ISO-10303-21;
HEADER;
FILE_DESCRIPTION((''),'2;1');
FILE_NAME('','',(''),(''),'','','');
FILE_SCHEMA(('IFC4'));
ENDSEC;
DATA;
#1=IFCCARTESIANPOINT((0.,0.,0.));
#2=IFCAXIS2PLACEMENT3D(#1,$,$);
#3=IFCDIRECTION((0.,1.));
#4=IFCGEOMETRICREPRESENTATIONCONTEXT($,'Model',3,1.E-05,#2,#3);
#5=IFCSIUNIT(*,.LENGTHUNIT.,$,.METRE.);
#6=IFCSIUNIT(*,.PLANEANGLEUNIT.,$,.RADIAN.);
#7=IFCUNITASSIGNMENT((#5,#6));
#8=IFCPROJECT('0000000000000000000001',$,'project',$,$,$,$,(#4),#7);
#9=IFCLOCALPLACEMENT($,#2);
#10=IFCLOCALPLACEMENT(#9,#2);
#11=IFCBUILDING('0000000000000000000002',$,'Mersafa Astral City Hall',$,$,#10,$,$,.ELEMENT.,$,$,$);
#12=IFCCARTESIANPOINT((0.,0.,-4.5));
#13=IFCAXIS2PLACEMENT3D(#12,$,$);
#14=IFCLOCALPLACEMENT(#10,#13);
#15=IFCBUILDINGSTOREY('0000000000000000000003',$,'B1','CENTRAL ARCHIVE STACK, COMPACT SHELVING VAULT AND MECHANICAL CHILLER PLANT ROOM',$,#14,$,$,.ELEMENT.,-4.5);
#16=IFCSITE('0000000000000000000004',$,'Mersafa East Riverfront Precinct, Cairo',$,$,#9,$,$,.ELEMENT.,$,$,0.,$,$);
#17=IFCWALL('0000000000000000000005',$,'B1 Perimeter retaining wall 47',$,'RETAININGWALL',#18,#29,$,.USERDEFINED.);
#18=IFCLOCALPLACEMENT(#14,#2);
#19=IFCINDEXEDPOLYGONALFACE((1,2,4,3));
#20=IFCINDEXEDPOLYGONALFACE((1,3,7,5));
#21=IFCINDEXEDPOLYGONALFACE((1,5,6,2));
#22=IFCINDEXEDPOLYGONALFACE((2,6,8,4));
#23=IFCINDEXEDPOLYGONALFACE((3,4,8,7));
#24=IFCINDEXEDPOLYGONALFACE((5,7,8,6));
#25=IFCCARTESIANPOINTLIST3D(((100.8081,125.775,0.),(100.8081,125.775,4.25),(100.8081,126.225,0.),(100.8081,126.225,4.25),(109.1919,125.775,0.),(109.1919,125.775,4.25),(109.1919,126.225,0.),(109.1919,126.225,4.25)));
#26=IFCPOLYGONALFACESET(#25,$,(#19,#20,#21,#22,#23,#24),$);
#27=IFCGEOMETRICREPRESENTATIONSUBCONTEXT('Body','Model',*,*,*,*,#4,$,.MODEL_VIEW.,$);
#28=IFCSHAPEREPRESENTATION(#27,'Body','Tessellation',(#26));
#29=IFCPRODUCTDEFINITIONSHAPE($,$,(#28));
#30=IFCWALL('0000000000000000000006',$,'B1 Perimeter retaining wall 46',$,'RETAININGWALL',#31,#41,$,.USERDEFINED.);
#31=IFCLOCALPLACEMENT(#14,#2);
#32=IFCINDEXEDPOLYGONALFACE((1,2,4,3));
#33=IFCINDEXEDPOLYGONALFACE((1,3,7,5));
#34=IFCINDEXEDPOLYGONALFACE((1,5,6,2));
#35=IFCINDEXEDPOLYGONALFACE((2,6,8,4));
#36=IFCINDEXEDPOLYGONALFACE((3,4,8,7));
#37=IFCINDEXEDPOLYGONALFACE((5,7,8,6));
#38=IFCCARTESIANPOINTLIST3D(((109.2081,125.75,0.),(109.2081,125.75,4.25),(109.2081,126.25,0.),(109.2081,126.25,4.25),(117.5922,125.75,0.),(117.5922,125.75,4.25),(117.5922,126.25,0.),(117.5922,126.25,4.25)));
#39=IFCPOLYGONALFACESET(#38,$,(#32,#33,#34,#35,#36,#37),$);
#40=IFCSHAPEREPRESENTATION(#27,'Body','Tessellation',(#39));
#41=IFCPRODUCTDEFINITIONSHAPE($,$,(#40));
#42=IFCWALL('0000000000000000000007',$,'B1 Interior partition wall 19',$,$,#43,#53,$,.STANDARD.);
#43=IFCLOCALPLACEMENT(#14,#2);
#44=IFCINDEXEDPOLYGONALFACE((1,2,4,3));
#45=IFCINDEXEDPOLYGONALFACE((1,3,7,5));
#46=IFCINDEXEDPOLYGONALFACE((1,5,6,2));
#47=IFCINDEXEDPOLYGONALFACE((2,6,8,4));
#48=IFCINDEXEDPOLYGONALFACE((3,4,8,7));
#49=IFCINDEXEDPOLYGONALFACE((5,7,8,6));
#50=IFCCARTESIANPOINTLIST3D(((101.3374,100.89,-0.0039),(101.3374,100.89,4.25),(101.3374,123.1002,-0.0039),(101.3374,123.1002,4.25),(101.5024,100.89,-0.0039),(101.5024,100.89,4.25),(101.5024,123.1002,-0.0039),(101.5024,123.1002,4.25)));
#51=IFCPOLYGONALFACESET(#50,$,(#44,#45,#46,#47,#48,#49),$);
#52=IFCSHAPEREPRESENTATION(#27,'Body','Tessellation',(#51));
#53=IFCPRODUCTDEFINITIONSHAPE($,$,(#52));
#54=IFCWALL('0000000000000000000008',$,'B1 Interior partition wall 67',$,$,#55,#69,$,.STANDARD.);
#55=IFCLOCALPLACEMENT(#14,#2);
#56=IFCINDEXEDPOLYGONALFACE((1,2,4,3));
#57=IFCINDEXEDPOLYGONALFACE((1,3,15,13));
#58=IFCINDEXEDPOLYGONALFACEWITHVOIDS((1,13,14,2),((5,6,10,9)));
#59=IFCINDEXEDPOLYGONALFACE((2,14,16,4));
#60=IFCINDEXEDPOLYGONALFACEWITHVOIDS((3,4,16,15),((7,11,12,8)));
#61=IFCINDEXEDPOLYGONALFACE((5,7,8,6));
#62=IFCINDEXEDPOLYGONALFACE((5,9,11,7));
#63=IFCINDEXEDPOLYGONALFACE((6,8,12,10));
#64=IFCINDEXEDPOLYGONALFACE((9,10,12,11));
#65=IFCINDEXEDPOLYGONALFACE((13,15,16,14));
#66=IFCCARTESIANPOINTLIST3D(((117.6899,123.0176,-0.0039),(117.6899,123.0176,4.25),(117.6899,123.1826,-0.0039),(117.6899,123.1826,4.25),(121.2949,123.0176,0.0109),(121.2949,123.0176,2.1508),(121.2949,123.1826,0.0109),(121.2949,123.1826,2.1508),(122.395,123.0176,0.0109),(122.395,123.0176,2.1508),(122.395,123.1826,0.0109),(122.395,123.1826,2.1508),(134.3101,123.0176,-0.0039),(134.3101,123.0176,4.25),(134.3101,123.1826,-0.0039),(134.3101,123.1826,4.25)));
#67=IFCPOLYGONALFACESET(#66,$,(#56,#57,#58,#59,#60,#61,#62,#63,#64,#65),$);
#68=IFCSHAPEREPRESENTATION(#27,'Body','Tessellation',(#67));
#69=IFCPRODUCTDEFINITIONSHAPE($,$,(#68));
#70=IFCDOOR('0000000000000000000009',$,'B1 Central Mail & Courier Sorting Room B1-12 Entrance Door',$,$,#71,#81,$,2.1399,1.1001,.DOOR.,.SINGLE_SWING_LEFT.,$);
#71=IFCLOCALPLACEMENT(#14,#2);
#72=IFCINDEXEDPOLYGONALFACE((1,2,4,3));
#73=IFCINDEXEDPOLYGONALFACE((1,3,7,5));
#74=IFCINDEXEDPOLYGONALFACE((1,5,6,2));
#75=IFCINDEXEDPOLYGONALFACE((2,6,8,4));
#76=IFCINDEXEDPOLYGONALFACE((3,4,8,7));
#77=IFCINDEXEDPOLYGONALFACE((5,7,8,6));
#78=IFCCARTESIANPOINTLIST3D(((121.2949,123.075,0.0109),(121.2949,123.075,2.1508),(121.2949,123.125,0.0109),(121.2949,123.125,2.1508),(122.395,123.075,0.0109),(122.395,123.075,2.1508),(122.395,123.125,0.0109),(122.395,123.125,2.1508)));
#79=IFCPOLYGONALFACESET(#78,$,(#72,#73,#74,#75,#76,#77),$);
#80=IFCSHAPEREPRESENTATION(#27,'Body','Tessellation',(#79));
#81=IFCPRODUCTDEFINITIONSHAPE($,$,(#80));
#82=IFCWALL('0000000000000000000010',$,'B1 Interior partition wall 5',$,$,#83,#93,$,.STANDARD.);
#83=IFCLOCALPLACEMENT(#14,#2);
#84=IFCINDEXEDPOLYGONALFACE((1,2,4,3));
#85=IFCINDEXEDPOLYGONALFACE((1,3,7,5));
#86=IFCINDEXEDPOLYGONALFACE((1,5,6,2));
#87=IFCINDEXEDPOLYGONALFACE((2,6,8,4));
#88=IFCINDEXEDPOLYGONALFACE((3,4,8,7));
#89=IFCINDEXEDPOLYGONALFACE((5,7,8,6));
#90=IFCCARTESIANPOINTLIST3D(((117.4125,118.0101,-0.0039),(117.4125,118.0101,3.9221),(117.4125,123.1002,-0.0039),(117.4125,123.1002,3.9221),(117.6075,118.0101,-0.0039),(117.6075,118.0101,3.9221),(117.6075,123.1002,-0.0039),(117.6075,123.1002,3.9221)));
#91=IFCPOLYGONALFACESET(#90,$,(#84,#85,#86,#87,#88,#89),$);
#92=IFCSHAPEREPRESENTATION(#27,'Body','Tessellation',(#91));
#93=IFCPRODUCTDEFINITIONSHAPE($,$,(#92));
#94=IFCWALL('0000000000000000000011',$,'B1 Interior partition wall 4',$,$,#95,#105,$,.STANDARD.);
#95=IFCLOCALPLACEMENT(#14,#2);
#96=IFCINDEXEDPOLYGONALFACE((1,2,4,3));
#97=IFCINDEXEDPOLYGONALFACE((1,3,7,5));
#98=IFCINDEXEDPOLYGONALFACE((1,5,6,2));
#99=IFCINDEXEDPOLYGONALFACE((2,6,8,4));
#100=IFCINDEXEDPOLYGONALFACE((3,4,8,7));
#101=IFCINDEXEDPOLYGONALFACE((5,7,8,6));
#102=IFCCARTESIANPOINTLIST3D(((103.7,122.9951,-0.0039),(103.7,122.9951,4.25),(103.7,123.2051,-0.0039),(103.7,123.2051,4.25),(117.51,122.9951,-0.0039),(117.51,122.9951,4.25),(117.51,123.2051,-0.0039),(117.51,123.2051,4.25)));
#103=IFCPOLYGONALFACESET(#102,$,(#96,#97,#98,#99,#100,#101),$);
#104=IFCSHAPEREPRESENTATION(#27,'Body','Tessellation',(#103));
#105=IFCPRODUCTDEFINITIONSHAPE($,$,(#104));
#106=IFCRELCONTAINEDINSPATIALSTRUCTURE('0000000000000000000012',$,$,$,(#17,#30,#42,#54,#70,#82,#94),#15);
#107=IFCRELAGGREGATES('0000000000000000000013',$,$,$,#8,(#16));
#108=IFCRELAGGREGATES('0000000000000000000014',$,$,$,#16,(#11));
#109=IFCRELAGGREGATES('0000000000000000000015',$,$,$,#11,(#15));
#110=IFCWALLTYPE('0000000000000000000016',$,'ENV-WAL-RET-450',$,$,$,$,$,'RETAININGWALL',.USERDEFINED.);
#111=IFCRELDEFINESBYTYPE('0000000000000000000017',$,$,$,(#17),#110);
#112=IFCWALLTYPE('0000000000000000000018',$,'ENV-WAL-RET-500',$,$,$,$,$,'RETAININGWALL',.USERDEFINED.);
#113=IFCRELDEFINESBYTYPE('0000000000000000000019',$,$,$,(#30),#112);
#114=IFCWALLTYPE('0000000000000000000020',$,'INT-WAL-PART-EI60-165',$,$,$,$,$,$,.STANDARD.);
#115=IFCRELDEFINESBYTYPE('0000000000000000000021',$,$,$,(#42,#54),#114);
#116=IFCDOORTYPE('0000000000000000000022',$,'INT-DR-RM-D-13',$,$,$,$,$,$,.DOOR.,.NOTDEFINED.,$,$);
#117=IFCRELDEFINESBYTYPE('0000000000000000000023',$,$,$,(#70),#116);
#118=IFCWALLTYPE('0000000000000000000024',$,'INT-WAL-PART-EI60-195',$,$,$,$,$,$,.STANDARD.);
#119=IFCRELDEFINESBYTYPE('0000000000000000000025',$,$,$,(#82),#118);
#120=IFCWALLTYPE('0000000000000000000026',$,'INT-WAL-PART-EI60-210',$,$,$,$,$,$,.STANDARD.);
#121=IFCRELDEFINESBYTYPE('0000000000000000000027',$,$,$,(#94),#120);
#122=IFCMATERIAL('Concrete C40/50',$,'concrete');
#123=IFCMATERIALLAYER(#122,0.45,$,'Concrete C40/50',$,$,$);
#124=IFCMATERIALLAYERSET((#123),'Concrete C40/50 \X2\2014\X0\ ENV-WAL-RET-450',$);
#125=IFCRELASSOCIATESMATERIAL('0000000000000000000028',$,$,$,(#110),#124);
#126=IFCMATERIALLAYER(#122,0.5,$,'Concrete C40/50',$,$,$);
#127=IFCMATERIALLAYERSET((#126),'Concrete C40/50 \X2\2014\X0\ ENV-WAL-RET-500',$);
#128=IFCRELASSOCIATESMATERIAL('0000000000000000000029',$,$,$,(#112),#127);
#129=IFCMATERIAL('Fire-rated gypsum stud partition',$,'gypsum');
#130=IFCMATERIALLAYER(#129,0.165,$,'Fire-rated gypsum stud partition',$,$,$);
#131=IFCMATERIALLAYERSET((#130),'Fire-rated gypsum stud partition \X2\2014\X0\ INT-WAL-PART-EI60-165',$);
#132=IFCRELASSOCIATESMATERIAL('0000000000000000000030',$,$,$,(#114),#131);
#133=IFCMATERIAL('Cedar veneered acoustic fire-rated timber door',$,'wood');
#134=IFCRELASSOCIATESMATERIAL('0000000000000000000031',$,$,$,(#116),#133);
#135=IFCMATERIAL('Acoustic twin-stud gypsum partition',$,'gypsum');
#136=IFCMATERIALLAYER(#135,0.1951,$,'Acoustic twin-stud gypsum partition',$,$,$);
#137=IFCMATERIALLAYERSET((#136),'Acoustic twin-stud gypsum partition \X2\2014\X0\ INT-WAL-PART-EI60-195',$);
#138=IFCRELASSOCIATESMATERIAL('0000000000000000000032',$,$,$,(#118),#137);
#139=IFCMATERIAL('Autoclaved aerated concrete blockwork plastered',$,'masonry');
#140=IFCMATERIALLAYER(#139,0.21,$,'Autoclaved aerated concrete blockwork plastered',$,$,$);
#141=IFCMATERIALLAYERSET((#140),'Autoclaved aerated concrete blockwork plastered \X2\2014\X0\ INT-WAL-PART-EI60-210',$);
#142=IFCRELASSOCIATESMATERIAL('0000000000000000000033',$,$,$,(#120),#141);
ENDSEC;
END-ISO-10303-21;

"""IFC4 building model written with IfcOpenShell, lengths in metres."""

from ifc_helpers import new_model, si_unit, direction, frame, frame_2d, origin, place, context, subcontext, project, spatial, rectangle, extrude, material, layer, layer_set, type_object, element, fill, save


model = new_model("IFC4")

# Units and contexts
model_context = context("Model", 3, precision=1e-05, world=origin(), true_north=direction((0.0, 1.0)))
body_context = subcontext(model_context, "Body", "Model", "MODEL_VIEW")
ifc_project = project(units=[si_unit("LENGTHUNIT", "METRE"), si_unit("PLANEANGLEUNIT", "RADIAN")], contexts=[model_context])

# Site, building, storey
site_placement = place(None, origin())
site = spatial("IfcSite", under=ifc_project, at=site_placement, Name="Mersafa East Riverfront Precinct, Cairo", CompositionType="ELEMENT", RefElevation=0.0)
building_placement = place(site_placement, origin())
building = spatial("IfcBuilding", under=site, at=building_placement, Name="Mersafa Astral City Hall", CompositionType="ELEMENT")
storey_placement = place(building_placement, frame((0.0, 0.0, -4.5)))
storey = spatial("IfcBuildingStorey", under=building, at=storey_placement, Name="B1", Description="CENTRAL ARCHIVE STACK, COMPACT SHELVING VAULT AND MECHANICAL CHILLER PLANT ROOM", CompositionType="ELEMENT", Elevation=-4.5)

# Shared definitions
ifc_material_1 = material(Name="Concrete C40/50", Category="concrete")

# Walls
ifc_layer_1 = layer(ifc_material_1, 0.45, Name="Concrete C40/50")
ifc_layer_set_1 = layer_set([ifc_layer_1], Name="Concrete C40/50 — ENV-WAL-RET-450")
wall_type_1 = type_object("IfcWallType", Name="ENV-WAL-RET-450", ElementType="RETAININGWALL", PredefinedType="USERDEFINED", material=ifc_layer_set_1)
wall_1_placement = place(storey_placement, frame((109.1919, 126.0, 0.0), z_axis=(0.0, 0.0, 1.0), x_axis=(-1.0, 0.0, 0.0)))
element("IfcWall", 1, at=wall_1_placement, inside=storey, type_object=wall_type_1, Name="B1 Perimeter retaining wall 47", ObjectType="RETAININGWALL", PredefinedType="USERDEFINED", context=body_context, shape_type="SweptSolid", body=[
    extrude(rectangle(XDim=8.3838, YDim=0.45, at=frame_2d((4.1919, 0.0))), origin(), (0.0, 0.0, 1.0), 4.25),
])
ifc_layer_2 = layer(ifc_material_1, 0.5, Name="Concrete C40/50")
ifc_layer_set_2 = layer_set([ifc_layer_2], Name="Concrete C40/50 — ENV-WAL-RET-500")
wall_type_2 = type_object("IfcWallType", Name="ENV-WAL-RET-500", ElementType="RETAININGWALL", PredefinedType="USERDEFINED", material=ifc_layer_set_2)
wall_2_placement = place(storey_placement, frame((117.592, 126.0, 0.0), z_axis=(0.0, 0.0, 1.0), x_axis=(-1.0, 0.0, 0.0)))
element("IfcWall", 2, at=wall_2_placement, inside=storey, type_object=wall_type_2, Name="B1 Perimeter retaining wall 46", ObjectType="RETAININGWALL", PredefinedType="USERDEFINED", context=body_context, shape_type="SweptSolid", body=[
    extrude(rectangle(XDim=8.384, YDim=0.5, at=frame_2d((4.1919, 0.0))), origin(), (0.0, 0.0, 1.0), 4.25),
])
ifc_material_2 = material(Name="Fire-rated gypsum stud partition", Category="gypsum")
ifc_layer_3 = layer(ifc_material_2, 0.165, Name="Fire-rated gypsum stud partition")
ifc_layer_set_3 = layer_set([ifc_layer_3], Name="Fire-rated gypsum stud partition — INT-WAL-PART-EI60-165")
wall_type_3 = type_object("IfcWallType", Name="INT-WAL-PART-EI60-165", PredefinedType="STANDARD", material=ifc_layer_set_3)
wall_3_placement = place(storey_placement, frame((101.4199, 123.1001, -0.0039), z_axis=(0.0, 0.0, 1.0), x_axis=(0.0, -1.0, 0.0)))
element("IfcWall", 3, at=wall_3_placement, inside=storey, type_object=wall_type_3, Name="B1 Interior partition wall 19", PredefinedType="STANDARD", context=body_context, shape_type="SweptSolid", body=[
    extrude(rectangle(XDim=22.2102, YDim=0.165, at=frame_2d((11.105, 0.0))), origin(), (0.0, 0.0, 1.0), 4.2539),
])

# Wall, opening, door
wall_4_placement = place(storey_placement, frame((117.6899, 123.1001, -0.0039), z_axis=(0.0, 0.0, 1.0), x_axis=(1.0, 0.0, 0.0)))
wall_4 = element("IfcWall", 4, at=wall_4_placement, inside=storey, type_object=wall_type_3, Name="B1 Interior partition wall 67", PredefinedType="STANDARD", context=body_context, shape_type="SweptSolid", body=[
    extrude(rectangle(XDim=16.6201, YDim=0.165, at=frame_2d((8.3101, 0.0))), origin(), (0.0, 0.0, 1.0), 4.2539),
])
opening_placement = place(wall_4_placement, frame((3.605, 0.0, 0.0149)))
opening = element("IfcOpeningElement", 5, at=opening_placement, cuts=wall_4, PredefinedType="OPENING", context=body_context, shape_type="SweptSolid", body=[
    extrude(rectangle(XDim=1.1001, YDim=2.1399, at=frame_2d((0.55, 1.0698))), frame((0.0, 0.0925, 0.0), z_axis=(0.0, -1.0, 0.0), x_axis=(1.0, 0.0, 0.0)), (0.0, 0.0, 1.0), 0.1851),
])
ifc_material_3 = material(Name="Cedar veneered acoustic fire-rated timber door", Category="wood")
door_type = type_object("IfcDoorType", Name="INT-DR-RM-D-13", OperationType="NOTDEFINED", PredefinedType="DOOR", material=ifc_material_3)
door_placement = place(opening_placement, origin())
door = element("IfcDoor", 6, at=door_placement, inside=storey, type_object=door_type, Name="B1 Central Mail & Courier Sorting Room B1-12 Entrance Door", OperationType="SINGLE_SWING_LEFT", OverallHeight=2.1399, OverallWidth=1.1001, PredefinedType="DOOR", context=body_context, shape_type="SweptSolid", body=[
    extrude(rectangle(XDim=1.1001, YDim=2.1399, at=frame_2d((0.55, 1.0698))), frame((0.0, 0.0249, 0.0), z_axis=(0.0, -1.0, 0.0), x_axis=(1.0, 0.0, 0.0)), (0.0, 0.0, 1.0), 0.05),
])
fill(opening, door)

# Walls
ifc_material_4 = material(Name="Acoustic twin-stud gypsum partition", Category="gypsum")
ifc_layer_4 = layer(ifc_material_4, 0.1951, Name="Acoustic twin-stud gypsum partition")
ifc_layer_set_4 = layer_set([ifc_layer_4], Name="Acoustic twin-stud gypsum partition — INT-WAL-PART-EI60-195")
wall_type_4 = type_object("IfcWallType", Name="INT-WAL-PART-EI60-195", PredefinedType="STANDARD", material=ifc_layer_set_4)
wall_5_placement = place(storey_placement, frame((117.51, 123.1001, -0.0039), z_axis=(0.0, 0.0, 1.0), x_axis=(0.0, -1.0, 0.0)))
element("IfcWall", 7, at=wall_5_placement, inside=storey, type_object=wall_type_4, Name="B1 Interior partition wall 5", PredefinedType="STANDARD", context=body_context, shape_type="SweptSolid", body=[
    extrude(rectangle(XDim=5.0901, YDim=0.1951, at=frame_2d((2.5449, 0.0))), origin(), (0.0, 0.0, 1.0), 3.926),
])
ifc_material_5 = material(Name="Autoclaved aerated concrete blockwork plastered", Category="masonry")
ifc_layer_5 = layer(ifc_material_5, 0.21, Name="Autoclaved aerated concrete blockwork plastered")
ifc_layer_set_5 = layer_set([ifc_layer_5], Name="Autoclaved aerated concrete blockwork plastered — INT-WAL-PART-EI60-210")
wall_type_5 = type_object("IfcWallType", Name="INT-WAL-PART-EI60-210", PredefinedType="STANDARD", material=ifc_layer_set_5)
wall_6_placement = place(storey_placement, frame((103.7, 123.1001, -0.0039), z_axis=(0.0, 0.0, 1.0), x_axis=(1.0, 0.0, 0.0)))
element("IfcWall", 8, at=wall_6_placement, inside=storey, type_object=wall_type_5, Name="B1 Interior partition wall 4", PredefinedType="STANDARD", context=body_context, shape_type="SweptSolid", body=[
    extrude(rectangle(XDim=13.8101, YDim=0.21, at=frame_2d((6.905, 0.0))), origin(), (0.0, 0.0, 1.0), 4.2539),
])

save(model, "model.ifc")
